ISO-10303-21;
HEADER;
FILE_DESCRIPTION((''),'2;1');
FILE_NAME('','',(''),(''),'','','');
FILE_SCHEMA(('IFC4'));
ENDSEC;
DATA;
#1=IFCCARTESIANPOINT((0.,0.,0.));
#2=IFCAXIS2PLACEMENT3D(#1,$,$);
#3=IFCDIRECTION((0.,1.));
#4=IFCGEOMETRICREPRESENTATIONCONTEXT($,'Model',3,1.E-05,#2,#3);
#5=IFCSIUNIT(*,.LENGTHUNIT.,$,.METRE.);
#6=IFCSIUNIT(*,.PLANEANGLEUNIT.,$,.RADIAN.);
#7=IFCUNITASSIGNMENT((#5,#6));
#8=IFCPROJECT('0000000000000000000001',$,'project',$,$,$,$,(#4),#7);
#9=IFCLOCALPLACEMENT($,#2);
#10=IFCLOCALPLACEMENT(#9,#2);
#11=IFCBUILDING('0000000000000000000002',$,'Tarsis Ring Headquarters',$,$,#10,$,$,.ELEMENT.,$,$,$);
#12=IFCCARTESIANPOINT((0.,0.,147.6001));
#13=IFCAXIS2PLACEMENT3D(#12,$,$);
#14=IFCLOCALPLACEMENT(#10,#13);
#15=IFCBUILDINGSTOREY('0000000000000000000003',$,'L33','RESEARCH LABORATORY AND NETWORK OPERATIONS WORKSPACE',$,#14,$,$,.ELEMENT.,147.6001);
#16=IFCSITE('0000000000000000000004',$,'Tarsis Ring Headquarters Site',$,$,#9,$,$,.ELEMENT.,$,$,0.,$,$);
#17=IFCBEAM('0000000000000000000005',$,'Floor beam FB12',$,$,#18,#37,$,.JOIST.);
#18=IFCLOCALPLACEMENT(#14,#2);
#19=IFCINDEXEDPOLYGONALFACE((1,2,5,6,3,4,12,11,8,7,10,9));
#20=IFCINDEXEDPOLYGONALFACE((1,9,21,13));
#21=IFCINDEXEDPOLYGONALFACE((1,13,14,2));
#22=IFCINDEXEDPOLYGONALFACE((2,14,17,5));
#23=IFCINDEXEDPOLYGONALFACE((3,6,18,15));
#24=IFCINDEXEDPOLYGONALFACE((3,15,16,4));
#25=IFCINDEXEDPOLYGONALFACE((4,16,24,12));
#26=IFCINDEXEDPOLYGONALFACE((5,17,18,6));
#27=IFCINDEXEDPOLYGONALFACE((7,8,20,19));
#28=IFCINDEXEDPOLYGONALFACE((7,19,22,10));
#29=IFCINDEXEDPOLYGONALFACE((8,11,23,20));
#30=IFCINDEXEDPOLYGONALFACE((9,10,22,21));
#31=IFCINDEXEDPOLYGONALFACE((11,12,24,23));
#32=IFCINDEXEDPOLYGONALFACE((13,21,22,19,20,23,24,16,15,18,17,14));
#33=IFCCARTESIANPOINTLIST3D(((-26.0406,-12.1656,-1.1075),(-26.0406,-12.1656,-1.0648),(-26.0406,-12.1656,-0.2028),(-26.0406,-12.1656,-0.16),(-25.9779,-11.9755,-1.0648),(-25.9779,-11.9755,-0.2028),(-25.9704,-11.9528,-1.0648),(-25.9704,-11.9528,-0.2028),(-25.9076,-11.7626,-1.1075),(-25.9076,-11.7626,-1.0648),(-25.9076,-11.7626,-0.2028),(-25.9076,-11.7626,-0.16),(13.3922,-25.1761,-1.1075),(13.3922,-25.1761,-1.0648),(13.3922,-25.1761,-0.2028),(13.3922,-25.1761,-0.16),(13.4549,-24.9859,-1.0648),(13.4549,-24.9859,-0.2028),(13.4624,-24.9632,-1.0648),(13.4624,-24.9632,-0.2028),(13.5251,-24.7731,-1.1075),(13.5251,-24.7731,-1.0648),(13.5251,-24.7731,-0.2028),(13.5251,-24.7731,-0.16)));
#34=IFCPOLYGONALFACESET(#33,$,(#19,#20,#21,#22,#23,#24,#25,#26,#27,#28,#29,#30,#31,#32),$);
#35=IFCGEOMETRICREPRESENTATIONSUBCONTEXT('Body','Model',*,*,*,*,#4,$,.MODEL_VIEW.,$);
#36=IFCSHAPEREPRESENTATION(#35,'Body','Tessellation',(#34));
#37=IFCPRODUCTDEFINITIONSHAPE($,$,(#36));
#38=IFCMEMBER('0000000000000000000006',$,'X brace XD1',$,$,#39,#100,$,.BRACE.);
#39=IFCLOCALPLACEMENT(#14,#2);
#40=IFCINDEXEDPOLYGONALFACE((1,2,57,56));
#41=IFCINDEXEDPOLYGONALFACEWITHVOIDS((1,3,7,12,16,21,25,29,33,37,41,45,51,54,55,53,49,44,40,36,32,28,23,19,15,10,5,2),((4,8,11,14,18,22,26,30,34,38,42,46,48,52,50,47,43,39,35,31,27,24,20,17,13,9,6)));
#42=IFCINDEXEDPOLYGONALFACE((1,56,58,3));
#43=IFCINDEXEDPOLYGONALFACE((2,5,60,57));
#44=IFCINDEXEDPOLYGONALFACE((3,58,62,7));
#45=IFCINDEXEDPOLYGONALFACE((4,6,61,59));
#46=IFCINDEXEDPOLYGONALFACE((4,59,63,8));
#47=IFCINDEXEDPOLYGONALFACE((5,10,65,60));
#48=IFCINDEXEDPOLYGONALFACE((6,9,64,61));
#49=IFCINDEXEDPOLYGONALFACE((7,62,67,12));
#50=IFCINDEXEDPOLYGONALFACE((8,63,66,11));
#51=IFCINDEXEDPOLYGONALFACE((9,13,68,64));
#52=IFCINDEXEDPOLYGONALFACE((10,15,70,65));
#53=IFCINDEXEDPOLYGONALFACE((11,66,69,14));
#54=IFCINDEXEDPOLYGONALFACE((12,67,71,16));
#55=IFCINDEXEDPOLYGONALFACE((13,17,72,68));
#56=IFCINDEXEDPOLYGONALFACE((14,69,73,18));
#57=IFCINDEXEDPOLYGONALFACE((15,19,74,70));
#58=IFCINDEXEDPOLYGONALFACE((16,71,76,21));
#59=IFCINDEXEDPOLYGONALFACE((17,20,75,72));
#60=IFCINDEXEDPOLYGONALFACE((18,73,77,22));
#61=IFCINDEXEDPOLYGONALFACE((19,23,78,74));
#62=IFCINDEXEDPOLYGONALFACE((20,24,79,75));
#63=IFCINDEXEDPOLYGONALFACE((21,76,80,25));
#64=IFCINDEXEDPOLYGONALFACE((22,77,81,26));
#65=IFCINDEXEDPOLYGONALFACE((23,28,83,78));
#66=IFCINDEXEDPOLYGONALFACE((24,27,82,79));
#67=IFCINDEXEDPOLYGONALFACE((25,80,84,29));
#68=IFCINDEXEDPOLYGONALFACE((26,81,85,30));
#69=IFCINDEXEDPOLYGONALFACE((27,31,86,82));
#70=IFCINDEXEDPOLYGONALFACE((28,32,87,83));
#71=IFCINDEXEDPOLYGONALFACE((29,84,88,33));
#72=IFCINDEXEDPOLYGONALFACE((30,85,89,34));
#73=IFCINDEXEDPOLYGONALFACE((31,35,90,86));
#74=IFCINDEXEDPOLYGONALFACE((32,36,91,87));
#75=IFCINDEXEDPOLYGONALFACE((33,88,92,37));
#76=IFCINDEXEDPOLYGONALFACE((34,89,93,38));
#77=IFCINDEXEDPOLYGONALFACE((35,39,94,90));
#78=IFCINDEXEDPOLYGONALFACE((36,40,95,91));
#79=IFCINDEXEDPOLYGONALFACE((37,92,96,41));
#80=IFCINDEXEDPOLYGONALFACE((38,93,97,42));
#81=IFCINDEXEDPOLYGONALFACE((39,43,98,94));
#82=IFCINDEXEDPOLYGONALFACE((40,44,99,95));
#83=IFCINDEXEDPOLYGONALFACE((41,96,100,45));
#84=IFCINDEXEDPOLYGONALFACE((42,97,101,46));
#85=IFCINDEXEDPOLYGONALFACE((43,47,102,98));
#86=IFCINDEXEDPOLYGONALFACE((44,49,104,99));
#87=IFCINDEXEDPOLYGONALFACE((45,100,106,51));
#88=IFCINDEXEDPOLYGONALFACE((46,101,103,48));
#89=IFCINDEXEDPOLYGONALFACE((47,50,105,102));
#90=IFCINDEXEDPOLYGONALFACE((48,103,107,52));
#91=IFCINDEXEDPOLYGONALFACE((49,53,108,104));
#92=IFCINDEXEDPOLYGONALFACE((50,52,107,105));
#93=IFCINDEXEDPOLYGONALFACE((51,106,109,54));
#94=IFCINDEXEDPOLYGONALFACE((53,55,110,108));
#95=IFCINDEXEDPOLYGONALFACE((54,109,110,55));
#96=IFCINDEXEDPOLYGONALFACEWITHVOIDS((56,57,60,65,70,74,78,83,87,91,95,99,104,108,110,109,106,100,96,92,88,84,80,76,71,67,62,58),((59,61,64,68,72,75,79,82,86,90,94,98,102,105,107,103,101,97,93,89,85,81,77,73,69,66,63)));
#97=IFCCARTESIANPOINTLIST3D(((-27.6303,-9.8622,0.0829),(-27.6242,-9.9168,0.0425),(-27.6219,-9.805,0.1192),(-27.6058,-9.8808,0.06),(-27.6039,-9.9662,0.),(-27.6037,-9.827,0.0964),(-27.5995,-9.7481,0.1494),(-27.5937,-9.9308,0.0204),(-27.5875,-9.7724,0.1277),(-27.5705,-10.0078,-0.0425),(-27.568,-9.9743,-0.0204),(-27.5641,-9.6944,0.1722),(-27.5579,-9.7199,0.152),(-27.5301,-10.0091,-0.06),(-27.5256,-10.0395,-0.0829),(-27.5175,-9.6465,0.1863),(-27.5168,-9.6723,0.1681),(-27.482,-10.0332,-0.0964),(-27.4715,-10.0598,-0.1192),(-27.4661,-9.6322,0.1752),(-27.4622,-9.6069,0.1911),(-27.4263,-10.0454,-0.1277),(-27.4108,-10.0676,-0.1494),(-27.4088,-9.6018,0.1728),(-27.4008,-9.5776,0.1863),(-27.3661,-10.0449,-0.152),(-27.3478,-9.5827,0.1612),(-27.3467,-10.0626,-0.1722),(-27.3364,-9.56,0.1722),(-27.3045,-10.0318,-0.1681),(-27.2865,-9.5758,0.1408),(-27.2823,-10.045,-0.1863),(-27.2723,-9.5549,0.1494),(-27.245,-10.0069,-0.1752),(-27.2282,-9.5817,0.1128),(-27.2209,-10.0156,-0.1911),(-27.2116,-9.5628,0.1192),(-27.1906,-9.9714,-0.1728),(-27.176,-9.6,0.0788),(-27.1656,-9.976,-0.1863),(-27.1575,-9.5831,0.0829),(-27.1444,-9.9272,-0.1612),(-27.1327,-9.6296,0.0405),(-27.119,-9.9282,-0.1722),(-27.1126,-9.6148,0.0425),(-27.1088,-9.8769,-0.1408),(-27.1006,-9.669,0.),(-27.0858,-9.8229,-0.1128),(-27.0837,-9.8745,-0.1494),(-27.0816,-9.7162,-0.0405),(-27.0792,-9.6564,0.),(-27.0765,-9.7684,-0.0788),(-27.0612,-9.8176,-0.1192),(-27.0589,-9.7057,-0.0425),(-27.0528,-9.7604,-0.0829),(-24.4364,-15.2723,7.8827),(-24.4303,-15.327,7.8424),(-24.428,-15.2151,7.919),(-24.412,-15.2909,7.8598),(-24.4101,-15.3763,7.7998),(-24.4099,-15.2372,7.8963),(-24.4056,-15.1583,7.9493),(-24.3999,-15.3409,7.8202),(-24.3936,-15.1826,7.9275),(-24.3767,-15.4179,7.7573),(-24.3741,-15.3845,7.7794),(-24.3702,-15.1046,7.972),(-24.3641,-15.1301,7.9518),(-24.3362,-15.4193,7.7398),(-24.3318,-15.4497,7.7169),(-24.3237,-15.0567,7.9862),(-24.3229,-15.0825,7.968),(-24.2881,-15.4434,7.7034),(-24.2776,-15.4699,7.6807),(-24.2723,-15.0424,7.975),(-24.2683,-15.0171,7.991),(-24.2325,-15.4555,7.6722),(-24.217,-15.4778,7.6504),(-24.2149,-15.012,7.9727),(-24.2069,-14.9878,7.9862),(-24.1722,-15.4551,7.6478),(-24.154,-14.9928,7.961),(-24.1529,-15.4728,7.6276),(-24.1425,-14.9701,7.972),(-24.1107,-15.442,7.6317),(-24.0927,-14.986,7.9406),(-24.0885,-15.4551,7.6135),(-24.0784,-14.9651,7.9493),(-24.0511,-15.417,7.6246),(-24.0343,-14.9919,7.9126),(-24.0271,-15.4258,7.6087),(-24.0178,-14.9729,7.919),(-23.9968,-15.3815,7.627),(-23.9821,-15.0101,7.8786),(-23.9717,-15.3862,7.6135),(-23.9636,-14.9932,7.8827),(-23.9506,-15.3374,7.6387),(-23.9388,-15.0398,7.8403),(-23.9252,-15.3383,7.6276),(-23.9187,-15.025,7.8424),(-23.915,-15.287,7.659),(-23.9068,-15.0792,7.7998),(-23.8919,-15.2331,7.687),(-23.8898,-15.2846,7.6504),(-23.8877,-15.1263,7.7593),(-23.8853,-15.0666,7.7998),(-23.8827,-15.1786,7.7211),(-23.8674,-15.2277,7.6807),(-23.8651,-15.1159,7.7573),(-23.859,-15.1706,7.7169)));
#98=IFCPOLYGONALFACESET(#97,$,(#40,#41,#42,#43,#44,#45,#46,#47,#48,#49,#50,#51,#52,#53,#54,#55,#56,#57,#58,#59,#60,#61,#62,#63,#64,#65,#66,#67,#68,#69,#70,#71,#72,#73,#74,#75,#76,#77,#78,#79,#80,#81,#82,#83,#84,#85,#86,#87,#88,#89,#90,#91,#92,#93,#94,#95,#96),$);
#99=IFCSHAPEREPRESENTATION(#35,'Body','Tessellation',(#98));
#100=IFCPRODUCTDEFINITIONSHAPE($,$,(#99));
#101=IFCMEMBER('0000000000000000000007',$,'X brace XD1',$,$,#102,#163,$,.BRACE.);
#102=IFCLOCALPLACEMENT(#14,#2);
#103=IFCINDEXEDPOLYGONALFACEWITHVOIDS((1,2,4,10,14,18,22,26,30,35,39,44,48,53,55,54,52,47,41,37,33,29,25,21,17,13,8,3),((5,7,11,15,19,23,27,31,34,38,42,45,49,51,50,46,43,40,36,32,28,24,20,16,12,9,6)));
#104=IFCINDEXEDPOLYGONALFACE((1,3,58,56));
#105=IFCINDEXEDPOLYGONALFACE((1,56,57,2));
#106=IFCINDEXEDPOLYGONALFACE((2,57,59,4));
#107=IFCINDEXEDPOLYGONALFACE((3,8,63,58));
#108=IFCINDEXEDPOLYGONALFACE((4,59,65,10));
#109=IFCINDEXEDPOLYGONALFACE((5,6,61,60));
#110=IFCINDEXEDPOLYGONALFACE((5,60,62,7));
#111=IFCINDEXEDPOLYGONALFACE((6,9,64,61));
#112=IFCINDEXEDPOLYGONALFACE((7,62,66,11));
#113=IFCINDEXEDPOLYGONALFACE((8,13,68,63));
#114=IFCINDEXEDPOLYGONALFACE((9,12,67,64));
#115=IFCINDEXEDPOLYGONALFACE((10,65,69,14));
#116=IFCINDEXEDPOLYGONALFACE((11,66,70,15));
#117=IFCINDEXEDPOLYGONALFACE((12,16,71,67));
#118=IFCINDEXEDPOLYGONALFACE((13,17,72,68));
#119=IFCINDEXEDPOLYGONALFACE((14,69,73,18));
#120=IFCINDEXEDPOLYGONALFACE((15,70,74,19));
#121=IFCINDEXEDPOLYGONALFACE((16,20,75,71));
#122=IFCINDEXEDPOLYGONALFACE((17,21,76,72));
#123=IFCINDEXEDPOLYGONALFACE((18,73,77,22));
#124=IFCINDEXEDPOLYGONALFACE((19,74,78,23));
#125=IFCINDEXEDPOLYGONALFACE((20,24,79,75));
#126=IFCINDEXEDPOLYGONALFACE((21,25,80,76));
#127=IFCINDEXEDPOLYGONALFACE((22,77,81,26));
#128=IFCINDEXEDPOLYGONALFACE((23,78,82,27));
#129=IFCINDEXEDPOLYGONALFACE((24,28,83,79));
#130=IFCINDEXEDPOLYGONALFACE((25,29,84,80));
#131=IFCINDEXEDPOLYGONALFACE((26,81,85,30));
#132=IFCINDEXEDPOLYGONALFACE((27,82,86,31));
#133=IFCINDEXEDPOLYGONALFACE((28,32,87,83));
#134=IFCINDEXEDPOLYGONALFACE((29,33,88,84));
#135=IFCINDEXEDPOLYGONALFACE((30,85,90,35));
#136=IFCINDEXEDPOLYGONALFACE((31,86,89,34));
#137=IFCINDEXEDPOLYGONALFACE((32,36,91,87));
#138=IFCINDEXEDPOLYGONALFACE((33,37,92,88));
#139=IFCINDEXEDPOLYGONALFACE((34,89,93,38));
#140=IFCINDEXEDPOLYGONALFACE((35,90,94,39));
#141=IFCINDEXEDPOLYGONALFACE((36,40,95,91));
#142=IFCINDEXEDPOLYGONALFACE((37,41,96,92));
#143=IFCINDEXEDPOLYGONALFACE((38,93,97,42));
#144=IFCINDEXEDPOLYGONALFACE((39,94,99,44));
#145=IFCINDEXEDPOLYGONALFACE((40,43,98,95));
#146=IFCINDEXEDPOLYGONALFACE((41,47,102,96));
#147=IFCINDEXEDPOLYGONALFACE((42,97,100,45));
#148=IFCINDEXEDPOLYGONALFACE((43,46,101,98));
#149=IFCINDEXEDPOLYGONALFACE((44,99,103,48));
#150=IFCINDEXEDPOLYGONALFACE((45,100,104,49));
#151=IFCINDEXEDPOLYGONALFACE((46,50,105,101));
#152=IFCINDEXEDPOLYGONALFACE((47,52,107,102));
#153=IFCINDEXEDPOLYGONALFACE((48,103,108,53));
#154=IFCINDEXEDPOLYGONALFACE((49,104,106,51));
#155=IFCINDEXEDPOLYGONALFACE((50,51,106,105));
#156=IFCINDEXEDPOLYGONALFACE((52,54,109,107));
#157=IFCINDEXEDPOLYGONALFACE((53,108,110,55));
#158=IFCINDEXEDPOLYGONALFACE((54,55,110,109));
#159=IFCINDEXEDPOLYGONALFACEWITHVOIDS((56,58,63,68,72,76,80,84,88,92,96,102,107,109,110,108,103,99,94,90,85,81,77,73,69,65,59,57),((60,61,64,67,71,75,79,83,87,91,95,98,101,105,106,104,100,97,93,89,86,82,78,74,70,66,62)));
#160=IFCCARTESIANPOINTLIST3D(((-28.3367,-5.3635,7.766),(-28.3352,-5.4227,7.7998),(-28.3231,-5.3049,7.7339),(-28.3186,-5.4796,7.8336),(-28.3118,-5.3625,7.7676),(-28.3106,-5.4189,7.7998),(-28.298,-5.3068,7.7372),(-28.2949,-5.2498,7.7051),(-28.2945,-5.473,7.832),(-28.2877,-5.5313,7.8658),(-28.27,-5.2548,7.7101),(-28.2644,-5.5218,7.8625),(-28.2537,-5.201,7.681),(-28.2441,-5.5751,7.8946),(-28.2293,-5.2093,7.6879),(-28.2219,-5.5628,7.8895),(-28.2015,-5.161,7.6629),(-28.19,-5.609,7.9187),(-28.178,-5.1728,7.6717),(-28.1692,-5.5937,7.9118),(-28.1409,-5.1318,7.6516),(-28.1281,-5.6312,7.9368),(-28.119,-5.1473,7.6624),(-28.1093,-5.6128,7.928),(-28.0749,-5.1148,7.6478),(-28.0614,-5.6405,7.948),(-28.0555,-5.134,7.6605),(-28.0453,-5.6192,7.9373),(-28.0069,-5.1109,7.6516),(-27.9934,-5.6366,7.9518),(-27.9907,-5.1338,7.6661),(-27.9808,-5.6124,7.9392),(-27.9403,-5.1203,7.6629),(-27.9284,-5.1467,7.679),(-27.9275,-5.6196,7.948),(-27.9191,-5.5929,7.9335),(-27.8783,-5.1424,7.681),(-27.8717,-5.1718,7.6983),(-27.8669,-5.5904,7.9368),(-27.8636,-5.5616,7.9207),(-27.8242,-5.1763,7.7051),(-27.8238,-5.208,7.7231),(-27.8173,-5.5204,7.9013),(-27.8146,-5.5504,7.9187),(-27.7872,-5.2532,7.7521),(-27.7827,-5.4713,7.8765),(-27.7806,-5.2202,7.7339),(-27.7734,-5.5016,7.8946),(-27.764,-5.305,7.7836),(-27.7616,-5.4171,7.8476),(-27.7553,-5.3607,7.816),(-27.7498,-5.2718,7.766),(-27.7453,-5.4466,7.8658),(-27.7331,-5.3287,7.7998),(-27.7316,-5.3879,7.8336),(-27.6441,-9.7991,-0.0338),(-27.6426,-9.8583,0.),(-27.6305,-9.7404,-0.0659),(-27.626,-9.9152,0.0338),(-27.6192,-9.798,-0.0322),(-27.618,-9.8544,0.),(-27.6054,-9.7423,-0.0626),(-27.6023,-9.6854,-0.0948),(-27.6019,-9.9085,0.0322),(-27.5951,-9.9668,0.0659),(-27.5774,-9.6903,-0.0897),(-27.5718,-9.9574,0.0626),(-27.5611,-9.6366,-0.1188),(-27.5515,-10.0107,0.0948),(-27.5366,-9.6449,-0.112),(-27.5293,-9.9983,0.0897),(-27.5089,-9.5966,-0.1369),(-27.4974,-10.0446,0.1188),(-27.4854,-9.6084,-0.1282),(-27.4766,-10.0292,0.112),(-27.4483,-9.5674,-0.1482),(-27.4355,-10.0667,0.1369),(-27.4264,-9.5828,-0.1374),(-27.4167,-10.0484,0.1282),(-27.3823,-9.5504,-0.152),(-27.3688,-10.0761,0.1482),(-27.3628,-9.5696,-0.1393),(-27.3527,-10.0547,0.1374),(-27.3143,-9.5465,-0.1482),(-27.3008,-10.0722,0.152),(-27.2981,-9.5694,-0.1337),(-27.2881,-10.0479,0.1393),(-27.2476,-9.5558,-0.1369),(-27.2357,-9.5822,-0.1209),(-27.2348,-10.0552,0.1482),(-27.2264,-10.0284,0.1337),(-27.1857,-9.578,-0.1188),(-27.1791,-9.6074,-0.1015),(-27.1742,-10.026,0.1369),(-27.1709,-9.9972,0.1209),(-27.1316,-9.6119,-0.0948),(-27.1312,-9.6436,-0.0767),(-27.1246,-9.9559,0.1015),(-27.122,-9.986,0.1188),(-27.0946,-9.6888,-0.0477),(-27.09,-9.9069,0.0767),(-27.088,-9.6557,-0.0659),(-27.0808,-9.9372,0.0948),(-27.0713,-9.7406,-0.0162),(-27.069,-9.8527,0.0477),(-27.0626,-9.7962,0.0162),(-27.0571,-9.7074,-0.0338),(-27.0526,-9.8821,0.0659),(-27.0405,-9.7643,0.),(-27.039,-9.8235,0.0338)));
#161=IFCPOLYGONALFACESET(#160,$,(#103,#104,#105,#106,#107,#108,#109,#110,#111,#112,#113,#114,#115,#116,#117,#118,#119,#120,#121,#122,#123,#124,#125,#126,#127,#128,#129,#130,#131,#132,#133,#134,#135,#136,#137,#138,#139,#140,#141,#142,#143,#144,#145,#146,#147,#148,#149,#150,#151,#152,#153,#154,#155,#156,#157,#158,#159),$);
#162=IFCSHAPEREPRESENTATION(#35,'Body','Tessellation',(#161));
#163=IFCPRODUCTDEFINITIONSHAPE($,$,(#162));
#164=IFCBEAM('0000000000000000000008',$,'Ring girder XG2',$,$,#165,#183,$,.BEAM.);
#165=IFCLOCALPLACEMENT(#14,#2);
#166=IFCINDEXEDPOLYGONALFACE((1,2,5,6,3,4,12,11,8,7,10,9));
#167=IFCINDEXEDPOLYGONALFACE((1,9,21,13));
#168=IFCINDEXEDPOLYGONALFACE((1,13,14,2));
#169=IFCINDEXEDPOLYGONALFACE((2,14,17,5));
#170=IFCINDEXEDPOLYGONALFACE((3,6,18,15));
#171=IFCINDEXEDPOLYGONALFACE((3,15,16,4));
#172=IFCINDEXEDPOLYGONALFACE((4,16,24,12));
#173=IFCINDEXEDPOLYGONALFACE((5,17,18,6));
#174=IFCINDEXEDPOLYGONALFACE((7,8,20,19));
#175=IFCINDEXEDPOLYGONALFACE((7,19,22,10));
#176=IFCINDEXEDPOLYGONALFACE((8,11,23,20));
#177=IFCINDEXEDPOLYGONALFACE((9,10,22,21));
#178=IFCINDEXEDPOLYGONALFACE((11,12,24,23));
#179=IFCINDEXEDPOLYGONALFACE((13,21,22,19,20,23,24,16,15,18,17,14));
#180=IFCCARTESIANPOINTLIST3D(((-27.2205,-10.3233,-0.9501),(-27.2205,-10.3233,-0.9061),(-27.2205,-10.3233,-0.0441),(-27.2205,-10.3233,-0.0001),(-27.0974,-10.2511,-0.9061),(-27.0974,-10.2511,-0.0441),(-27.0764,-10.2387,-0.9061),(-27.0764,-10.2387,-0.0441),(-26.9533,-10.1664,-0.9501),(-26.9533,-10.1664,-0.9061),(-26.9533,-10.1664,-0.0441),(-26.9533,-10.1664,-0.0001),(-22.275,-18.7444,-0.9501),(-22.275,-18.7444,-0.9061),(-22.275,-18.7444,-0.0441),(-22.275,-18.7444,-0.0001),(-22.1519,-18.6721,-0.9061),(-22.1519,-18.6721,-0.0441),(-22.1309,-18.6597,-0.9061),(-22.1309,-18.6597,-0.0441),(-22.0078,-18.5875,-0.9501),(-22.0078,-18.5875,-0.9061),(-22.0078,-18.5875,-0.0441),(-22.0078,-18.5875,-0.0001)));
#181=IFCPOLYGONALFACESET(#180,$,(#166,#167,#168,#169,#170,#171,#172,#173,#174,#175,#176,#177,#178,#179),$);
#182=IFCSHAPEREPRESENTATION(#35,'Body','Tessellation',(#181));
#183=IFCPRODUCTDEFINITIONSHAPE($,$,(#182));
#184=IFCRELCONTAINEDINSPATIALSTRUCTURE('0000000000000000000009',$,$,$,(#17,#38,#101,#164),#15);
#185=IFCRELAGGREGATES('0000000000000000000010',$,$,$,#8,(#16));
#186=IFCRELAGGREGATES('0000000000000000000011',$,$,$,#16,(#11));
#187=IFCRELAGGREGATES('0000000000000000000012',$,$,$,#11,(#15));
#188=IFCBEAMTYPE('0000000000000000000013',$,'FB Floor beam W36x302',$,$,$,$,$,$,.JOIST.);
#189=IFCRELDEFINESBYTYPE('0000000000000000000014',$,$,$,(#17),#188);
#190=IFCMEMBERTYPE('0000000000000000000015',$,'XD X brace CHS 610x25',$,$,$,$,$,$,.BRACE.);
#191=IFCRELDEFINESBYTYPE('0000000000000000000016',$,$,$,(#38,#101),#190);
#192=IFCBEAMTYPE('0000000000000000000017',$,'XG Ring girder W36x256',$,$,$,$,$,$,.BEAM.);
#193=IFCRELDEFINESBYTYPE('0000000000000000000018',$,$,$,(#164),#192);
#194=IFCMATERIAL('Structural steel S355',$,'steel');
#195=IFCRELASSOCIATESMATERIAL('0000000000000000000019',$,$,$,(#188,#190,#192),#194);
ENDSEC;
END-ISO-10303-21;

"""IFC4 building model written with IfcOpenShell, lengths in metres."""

from ifc_helpers import new_model, si_unit, direction, frame, origin, origin_2d, place, context, subcontext, project, spatial, hollow_circle, i_section, extrude, material, material_profile, profile_set, type_object, element, save


model = new_model("IFC4")

# Units and contexts
model_context = context("Model", 3, precision=1e-05, world=origin(), true_north=direction((0.0, 1.0)))
body_context = subcontext(model_context, "Body", "Model", "MODEL_VIEW")
ifc_project = project(units=[si_unit("LENGTHUNIT", "METRE"), si_unit("PLANEANGLEUNIT", "RADIAN")], contexts=[model_context])

# Site, building, storey
site_placement = place(None, origin())
site = spatial("IfcSite", under=ifc_project, at=site_placement, Name="Tarsis Ring Headquarters Site", CompositionType="ELEMENT", RefElevation=0.0)
building_placement = place(site_placement, origin())
building = spatial("IfcBuilding", under=site, at=building_placement, Name="Tarsis Ring Headquarters", CompositionType="ELEMENT")
storey_placement = place(building_placement, frame((0.0, 0.0, 147.6001)))
storey = spatial("IfcBuildingStorey", under=building, at=storey_placement, Name="L33", Description="RESEARCH LABORATORY AND NETWORK OPERATIONS WORKSPACE", CompositionType="ELEMENT", Elevation=147.6001)

# Shared definitions
ifc_material_1 = material(Name="Structural steel S355", Category="steel")

# Beam
ifc_material_profile_1 = material_profile(ifc_material_1, i_section(OverallWidth=0.3098, OverallDepth=0.95, WebThickness=0.0244, FlangeThickness=0.0439, at=origin_2d()), Name="W36x256")
ifc_profile_set_1 = profile_set([ifc_material_profile_1], Name="Structural steel S355")
ifc_material_profile_2 = material_profile(ifc_material_1, i_section(OverallWidth=0.4243, OverallDepth=0.9475, WebThickness=0.0239, FlangeThickness=0.0427, at=origin_2d()), Name="W36x302")
ifc_profile_set_2 = profile_set([ifc_material_profile_2], Name="Structural steel S355")
beam_type_1 = type_object("IfcBeamType", Name="FB Floor beam W36x302", PredefinedType="JOIST", material=ifc_profile_set_2)
beam_1_placement = place(storey_placement, frame((-25.9741, -11.9641, -0.6338), z_axis=(0.949645, -0.313327, 0.0), x_axis=(0.313327, 0.949645, 0.0)))
element("IfcBeam", 1, at=beam_1_placement, inside=storey, type_object=beam_type_1, Name="Floor beam FB12", PredefinedType="JOIST", context=body_context, shape_type="SweptSolid", body=[
    extrude(i_section(OverallWidth=0.4243, OverallDepth=0.9475, WebThickness=0.0239, FlangeThickness=0.0427, at=origin_2d()), origin(), (0.0, 0.0, 1.0), 41.5237),
])

# Members
ifc_material_profile_3 = material_profile(ifc_material_1, hollow_circle(Radius=0.3047, WallThickness=0.0249, at=origin_2d()), Name="CHS 610x25")
ifc_profile_set_3 = profile_set([ifc_material_profile_3], Name="Structural steel S355")
member_type = type_object("IfcMemberType", Name="XD X brace CHS 610x25", PredefinedType="BRACE", material=ifc_profile_set_3)
member_1_placement = place(storey_placement, frame((-27.3416, -9.8113, 0.0), z_axis=(0.318895, -0.540186, 0.778784), x_axis=(0.86114, 0.508368, 0.0)))
element("IfcMember", 2, at=member_1_placement, inside=storey, type_object=member_type, Name="X brace XD1", PredefinedType="BRACE", context=body_context, shape_type="SweptSolid", body=[
    extrude(hollow_circle(Radius=0.3047, WallThickness=0.0249, at=origin_2d()), origin(), (0.0, 0.0, 1.0), 10.0154),
])
member_2_placement = place(storey_placement, frame((-27.3416, -9.8113, 0.0), z_axis=(-0.076963, 0.492867, 0.866694), x_axis=(-0.988027, -0.154284, 0.0)))
element("IfcMember", 3, at=member_2_placement, inside=storey, type_object=member_type, Name="X brace XD1", PredefinedType="BRACE", context=body_context, shape_type="SweptSolid", body=[
    extrude(hollow_circle(Radius=0.3047, WallThickness=0.0249, at=origin_2d()), origin(), (0.0, 0.0, 1.0), 8.9995),
])

# Beam
beam_type_2 = type_object("IfcBeamType", Name="XG Ring girder W36x256", PredefinedType="BEAM", material=ifc_profile_set_1)
beam_2_placement = place(storey_placement, frame((-27.0869, -10.2449, -0.4751), z_axis=(0.506407, -0.862295, 0.0), x_axis=(0.862295, 0.506407, 0.0)))
element("IfcBeam", 4, at=beam_2_placement, inside=storey, type_object=beam_type_2, Name="Ring girder XG2", PredefinedType="BEAM", context=body_context, shape_type="SweptSolid", body=[
    extrude(i_section(OverallWidth=0.3098, OverallDepth=0.95, WebThickness=0.0244, FlangeThickness=0.0439, at=origin_2d()), origin(), (0.0, 0.0, 1.0), 9.7659),
])

save(model, "model.ifc")
